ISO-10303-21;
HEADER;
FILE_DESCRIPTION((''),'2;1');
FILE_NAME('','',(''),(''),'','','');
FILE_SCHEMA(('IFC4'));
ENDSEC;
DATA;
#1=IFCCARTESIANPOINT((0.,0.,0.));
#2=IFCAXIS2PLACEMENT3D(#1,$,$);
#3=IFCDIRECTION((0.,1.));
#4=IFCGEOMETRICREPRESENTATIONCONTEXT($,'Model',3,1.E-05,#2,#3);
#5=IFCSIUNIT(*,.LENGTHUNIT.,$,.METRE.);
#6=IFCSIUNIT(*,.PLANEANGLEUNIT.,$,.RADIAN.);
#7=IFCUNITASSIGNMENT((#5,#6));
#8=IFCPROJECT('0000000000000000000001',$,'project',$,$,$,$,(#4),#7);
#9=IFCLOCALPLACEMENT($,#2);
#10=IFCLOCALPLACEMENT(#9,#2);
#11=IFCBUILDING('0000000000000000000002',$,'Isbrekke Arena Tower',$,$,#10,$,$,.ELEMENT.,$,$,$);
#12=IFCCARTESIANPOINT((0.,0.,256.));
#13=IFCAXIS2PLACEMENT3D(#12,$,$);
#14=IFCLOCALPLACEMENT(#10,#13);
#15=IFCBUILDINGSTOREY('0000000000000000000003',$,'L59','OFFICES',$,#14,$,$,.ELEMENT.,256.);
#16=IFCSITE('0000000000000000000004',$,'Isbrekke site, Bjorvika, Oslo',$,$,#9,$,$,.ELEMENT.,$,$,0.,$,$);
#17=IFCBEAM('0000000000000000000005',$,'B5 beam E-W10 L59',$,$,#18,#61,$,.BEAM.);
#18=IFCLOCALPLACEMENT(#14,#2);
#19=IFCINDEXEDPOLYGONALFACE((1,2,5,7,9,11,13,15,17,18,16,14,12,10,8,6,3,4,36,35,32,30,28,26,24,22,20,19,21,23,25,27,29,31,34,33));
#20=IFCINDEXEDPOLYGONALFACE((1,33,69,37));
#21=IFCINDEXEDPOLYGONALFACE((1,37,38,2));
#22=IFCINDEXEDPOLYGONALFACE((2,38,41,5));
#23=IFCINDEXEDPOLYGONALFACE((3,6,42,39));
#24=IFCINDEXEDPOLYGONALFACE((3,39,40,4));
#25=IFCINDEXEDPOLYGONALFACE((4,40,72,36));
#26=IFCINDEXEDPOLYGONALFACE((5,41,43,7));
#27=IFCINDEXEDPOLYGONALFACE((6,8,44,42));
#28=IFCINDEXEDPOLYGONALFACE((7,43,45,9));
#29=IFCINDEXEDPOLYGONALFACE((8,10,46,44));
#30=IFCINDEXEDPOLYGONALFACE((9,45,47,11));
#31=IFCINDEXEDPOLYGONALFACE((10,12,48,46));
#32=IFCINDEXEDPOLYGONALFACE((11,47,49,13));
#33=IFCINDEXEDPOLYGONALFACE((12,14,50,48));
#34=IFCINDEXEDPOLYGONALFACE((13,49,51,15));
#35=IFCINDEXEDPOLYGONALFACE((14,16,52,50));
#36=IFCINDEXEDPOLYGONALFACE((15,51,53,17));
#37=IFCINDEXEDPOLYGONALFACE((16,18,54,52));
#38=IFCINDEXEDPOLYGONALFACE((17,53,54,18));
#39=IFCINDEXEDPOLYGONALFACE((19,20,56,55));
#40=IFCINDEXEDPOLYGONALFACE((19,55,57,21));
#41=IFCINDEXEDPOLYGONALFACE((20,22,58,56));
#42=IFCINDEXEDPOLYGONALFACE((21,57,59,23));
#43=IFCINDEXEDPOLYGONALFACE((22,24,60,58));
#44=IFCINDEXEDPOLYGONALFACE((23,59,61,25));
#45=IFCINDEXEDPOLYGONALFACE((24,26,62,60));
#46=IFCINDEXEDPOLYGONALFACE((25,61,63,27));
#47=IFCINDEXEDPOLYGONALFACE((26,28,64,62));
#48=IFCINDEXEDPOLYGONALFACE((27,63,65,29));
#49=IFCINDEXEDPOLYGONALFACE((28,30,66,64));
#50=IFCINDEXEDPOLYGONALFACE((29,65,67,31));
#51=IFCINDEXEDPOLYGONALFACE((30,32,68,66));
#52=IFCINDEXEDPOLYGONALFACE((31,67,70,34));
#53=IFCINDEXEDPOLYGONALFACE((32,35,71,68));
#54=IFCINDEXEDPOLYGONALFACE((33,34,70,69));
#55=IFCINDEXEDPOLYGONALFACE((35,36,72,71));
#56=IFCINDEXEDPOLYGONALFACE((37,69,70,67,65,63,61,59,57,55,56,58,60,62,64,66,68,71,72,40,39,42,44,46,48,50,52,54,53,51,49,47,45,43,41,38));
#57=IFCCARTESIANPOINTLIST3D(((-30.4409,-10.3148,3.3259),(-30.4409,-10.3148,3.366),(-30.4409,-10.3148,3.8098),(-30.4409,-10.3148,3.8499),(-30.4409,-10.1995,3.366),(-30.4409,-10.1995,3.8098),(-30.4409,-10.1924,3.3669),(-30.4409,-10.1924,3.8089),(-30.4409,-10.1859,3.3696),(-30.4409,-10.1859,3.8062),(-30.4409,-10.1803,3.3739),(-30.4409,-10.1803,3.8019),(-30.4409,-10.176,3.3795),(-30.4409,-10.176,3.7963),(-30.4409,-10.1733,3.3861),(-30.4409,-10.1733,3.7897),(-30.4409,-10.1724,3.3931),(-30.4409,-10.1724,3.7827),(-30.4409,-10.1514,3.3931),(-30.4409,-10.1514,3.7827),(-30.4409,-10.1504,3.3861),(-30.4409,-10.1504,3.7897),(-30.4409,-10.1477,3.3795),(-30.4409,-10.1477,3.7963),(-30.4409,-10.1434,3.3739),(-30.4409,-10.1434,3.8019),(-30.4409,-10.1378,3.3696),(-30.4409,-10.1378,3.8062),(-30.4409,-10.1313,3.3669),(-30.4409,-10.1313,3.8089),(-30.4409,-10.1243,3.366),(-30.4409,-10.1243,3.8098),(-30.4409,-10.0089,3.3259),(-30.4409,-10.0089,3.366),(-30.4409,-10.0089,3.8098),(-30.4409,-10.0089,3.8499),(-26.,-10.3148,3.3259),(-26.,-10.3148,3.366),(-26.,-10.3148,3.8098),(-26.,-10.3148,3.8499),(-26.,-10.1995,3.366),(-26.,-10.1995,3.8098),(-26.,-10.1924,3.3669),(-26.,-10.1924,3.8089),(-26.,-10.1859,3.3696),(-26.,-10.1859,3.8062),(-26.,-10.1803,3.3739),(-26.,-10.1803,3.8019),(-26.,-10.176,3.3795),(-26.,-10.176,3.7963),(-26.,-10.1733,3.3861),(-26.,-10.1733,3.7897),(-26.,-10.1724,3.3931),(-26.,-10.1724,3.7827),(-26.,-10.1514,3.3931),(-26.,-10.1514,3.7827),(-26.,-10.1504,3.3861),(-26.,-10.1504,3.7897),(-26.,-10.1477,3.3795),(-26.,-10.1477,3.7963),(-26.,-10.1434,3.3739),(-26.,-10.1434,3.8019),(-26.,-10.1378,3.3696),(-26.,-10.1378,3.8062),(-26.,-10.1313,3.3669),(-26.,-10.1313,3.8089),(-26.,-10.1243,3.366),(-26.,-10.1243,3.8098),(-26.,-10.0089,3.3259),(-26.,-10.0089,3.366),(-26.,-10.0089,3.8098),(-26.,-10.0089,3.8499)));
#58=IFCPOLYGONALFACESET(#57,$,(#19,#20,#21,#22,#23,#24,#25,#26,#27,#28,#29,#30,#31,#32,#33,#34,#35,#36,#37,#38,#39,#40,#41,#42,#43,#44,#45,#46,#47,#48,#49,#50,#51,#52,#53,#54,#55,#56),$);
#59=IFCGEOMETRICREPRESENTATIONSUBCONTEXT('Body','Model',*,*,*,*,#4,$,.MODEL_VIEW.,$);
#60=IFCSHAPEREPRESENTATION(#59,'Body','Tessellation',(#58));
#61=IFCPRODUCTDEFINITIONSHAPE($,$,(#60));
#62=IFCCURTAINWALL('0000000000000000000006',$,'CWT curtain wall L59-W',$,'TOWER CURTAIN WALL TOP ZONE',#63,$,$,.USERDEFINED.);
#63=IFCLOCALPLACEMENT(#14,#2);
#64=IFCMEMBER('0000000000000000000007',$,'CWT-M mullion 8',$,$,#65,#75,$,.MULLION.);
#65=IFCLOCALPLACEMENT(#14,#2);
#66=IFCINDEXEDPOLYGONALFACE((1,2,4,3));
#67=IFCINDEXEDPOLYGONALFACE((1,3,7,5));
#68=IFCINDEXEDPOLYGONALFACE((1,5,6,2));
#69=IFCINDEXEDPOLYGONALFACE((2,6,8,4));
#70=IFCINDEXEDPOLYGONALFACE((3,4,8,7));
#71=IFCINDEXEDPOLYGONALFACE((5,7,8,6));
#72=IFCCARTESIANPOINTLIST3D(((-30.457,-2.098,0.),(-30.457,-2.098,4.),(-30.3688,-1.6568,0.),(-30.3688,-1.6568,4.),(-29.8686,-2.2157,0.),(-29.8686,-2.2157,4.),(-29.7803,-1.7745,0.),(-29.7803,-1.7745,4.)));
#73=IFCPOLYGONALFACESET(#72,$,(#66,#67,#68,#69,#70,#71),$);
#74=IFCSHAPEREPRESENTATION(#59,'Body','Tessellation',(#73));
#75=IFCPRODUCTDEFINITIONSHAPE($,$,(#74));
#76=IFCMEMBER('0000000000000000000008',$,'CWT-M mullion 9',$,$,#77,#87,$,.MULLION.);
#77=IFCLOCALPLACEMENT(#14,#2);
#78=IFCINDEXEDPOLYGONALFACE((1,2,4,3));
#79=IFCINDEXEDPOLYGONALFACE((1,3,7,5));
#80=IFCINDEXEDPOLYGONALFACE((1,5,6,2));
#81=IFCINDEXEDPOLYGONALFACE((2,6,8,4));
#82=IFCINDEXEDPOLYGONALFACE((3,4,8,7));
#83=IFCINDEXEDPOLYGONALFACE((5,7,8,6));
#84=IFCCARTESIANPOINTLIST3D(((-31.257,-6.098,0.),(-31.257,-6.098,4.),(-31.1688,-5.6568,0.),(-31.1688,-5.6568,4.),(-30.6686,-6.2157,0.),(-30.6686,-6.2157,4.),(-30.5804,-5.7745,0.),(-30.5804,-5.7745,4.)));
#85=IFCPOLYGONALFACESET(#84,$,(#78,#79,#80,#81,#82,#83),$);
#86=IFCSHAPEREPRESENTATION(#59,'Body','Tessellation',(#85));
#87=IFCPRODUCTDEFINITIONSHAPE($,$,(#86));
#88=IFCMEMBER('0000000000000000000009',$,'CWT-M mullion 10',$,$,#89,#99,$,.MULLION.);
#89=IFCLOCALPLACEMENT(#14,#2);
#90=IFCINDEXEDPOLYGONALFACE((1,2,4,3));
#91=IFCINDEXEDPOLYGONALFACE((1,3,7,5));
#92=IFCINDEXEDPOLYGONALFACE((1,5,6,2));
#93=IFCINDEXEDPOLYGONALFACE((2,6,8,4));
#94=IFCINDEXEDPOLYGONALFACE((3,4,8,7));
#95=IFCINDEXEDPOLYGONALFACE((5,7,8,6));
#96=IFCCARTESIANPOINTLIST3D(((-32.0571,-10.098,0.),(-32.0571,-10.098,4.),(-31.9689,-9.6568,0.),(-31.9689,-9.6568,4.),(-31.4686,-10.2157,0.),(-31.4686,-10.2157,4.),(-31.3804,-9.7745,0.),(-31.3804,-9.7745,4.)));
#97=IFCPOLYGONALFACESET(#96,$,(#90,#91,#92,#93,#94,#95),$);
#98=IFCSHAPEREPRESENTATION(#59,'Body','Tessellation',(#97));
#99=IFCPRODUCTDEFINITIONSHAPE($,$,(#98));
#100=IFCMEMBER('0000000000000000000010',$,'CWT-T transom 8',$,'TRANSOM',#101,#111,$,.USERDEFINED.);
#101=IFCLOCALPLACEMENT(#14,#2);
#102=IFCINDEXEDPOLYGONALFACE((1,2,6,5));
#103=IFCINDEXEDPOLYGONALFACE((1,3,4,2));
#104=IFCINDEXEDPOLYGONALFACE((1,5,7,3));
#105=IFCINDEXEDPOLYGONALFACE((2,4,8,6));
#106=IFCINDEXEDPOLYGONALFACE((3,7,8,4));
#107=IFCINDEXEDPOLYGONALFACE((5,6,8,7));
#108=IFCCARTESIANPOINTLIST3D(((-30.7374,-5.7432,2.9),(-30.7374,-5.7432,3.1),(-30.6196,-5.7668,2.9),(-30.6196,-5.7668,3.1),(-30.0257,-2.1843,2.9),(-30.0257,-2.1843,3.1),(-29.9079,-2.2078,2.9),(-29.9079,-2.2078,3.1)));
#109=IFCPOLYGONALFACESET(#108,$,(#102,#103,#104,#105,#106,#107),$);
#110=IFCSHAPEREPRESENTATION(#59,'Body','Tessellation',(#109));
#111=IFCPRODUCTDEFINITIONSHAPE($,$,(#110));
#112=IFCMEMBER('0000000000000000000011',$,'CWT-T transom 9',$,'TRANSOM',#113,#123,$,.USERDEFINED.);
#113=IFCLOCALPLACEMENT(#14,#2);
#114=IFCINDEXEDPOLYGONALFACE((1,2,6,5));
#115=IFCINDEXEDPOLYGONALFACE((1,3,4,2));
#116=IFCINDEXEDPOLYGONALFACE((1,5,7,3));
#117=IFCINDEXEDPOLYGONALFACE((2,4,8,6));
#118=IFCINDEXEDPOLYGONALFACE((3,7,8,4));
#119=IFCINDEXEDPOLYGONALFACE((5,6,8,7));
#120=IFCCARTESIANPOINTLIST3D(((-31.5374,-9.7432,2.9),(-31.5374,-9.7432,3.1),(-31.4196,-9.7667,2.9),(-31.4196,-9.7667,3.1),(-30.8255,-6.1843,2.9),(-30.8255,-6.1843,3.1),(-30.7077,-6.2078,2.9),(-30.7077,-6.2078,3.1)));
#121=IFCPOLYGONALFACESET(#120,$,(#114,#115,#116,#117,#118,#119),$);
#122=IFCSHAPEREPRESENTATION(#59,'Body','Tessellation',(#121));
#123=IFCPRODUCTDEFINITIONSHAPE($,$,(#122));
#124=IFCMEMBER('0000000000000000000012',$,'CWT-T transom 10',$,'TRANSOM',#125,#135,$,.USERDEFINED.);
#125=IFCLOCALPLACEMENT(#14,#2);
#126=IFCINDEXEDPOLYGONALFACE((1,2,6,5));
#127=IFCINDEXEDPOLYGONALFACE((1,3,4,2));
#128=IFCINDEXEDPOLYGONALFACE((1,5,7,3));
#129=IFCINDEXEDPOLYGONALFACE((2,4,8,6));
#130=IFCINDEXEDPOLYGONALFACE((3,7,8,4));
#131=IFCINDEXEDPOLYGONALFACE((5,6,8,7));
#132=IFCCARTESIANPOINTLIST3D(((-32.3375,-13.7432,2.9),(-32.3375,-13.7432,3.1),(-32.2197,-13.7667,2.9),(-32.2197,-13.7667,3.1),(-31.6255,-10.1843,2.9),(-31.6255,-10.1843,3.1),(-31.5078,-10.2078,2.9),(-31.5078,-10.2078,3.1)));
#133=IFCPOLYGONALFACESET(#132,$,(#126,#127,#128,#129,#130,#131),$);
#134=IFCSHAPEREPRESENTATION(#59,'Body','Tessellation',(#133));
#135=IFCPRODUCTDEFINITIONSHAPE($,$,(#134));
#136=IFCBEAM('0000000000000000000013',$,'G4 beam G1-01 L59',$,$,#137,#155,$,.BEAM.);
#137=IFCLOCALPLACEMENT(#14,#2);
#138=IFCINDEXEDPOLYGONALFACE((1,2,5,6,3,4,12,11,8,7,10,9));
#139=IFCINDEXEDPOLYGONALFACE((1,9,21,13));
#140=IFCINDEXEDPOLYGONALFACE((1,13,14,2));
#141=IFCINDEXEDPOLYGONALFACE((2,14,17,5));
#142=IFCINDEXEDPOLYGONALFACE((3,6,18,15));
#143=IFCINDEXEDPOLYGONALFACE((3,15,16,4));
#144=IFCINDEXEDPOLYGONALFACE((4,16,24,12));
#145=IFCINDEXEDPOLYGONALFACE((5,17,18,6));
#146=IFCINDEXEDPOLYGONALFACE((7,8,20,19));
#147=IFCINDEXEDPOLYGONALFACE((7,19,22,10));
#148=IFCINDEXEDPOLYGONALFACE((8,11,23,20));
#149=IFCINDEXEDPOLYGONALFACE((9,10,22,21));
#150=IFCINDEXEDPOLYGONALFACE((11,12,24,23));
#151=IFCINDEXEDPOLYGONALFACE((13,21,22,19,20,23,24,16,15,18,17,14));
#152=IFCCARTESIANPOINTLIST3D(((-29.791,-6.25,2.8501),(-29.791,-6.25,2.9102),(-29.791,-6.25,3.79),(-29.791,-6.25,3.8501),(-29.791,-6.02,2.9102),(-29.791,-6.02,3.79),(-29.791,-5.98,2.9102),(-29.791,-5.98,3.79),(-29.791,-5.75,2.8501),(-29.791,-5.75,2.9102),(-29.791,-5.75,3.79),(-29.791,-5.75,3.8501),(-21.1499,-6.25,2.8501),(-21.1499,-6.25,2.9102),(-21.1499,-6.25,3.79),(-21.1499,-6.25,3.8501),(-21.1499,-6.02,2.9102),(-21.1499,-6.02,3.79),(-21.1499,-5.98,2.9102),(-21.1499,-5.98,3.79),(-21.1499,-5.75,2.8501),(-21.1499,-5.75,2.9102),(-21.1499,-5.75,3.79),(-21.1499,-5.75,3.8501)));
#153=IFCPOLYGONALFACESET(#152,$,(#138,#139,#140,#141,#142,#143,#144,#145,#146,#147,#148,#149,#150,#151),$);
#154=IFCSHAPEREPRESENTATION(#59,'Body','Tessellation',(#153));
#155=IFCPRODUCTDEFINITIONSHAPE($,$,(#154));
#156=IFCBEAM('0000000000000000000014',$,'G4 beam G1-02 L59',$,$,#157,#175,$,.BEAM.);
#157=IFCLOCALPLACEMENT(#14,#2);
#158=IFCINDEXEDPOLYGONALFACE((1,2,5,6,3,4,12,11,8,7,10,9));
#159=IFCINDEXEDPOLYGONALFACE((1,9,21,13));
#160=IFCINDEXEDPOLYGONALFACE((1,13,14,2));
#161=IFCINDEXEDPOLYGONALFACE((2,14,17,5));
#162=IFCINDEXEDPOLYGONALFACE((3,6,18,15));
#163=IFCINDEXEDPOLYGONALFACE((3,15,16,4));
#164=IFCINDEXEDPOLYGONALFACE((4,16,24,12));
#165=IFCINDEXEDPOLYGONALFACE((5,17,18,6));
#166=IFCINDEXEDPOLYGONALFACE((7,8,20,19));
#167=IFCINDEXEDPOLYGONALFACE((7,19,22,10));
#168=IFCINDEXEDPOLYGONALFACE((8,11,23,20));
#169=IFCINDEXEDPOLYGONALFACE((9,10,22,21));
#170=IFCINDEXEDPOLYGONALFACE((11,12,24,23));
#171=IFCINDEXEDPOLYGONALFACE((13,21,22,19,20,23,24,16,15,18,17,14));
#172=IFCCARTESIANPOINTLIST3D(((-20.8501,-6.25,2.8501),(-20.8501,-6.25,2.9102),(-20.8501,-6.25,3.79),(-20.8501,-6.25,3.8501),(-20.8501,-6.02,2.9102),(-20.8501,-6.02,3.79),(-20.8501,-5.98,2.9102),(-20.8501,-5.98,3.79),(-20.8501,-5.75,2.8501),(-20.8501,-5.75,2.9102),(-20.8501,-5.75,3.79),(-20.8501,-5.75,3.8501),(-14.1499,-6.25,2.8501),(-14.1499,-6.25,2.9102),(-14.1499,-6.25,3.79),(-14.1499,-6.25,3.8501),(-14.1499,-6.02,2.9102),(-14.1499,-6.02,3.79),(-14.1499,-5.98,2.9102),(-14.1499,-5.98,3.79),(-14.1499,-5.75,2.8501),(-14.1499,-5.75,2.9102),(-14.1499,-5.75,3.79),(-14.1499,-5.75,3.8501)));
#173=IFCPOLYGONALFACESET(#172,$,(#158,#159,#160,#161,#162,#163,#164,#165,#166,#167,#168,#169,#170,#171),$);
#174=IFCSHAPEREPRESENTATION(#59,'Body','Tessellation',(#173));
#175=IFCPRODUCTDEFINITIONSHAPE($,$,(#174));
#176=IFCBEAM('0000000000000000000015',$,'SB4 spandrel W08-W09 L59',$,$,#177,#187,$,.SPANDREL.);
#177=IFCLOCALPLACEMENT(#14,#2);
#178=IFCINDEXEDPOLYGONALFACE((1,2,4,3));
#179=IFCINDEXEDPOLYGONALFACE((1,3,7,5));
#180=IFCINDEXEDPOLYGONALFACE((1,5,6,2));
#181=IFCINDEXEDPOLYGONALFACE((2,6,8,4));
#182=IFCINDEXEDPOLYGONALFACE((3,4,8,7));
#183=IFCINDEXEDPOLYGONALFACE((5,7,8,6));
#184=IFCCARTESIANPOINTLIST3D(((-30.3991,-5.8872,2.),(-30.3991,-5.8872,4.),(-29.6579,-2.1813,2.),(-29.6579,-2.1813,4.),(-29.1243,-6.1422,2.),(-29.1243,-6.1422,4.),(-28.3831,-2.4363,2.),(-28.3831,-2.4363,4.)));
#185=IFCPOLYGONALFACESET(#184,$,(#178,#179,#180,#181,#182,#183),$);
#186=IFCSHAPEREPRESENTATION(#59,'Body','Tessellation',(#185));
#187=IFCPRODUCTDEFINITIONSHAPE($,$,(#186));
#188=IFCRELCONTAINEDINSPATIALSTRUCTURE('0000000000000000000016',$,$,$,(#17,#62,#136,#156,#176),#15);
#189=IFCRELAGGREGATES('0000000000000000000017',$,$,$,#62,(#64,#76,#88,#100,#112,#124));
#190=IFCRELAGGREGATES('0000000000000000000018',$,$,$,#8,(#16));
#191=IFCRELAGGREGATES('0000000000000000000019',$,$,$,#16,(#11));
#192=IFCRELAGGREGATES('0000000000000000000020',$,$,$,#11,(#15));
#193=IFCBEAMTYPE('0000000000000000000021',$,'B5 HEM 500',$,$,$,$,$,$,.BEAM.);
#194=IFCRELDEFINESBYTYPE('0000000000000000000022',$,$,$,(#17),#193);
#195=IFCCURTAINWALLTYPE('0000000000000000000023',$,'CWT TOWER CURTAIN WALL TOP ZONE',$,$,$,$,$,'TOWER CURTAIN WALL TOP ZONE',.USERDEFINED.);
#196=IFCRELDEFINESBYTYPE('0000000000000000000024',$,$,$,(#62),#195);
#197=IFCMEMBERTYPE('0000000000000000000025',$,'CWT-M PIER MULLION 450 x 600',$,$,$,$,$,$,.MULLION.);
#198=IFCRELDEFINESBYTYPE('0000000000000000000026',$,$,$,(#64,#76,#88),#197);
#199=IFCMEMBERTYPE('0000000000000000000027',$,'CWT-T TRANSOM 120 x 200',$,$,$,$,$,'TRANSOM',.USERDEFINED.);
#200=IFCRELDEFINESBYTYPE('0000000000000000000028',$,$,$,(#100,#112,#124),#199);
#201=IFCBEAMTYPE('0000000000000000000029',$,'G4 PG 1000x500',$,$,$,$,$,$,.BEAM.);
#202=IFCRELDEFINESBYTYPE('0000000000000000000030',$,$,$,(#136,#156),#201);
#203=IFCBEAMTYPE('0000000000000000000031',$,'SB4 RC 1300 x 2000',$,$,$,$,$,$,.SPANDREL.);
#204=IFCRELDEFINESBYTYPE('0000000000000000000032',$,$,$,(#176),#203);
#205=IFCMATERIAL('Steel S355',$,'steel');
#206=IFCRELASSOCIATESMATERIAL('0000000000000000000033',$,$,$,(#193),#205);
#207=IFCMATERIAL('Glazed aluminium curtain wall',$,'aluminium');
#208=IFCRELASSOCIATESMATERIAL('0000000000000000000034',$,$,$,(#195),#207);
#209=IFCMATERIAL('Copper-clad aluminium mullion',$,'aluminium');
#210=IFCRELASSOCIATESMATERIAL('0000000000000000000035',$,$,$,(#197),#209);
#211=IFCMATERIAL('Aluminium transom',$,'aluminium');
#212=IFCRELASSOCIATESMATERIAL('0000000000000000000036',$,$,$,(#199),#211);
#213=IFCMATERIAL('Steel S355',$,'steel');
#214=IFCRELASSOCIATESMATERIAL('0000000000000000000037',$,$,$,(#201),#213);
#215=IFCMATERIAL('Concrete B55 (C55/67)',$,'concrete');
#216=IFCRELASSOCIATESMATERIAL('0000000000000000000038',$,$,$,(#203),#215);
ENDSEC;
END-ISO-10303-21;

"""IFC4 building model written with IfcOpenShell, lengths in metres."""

from ifc_helpers import new_model, si_unit, direction, frame, origin, origin_2d, place, context, subcontext, project, spatial, rectangle, i_section, extrude, material, material_profile, profile_set, type_object, element, aggregate, save


model = new_model("IFC4")

# Units and contexts
model_context = context("Model", 3, precision=1e-05, world=origin(), true_north=direction((0.0, 1.0)))
body_context = subcontext(model_context, "Body", "Model", "MODEL_VIEW")
ifc_project = project(units=[si_unit("LENGTHUNIT", "METRE"), si_unit("PLANEANGLEUNIT", "RADIAN")], contexts=[model_context])

# Site, building, storey
site_placement = place(None, origin())
site = spatial("IfcSite", under=ifc_project, at=site_placement, Name="Isbrekke site, Bjorvika, Oslo", CompositionType="ELEMENT", RefElevation=0.0)
building_placement = place(site_placement, origin())
building = spatial("IfcBuilding", under=site, at=building_placement, Name="Isbrekke Arena Tower", CompositionType="ELEMENT")
storey_placement = place(building_placement, frame((0.0, 0.0, 256.0)))
storey = spatial("IfcBuildingStorey", under=building, at=storey_placement, Name="L59", Description="OFFICES", CompositionType="ELEMENT", Elevation=256.0)

# Beam
ifc_material_1 = material(Name="Steel S355", Category="steel")
ifc_material_profile_1 = material_profile(ifc_material_1, i_section(OverallWidth=0.3059, OverallDepth=0.5239, WebThickness=0.021, FlangeThickness=0.04, FilletRadius=0.0271, at=origin_2d()), Name="HEM 500")
ifc_profile_set_1 = profile_set([ifc_material_profile_1], Name="Steel S355")
beam_type_1 = type_object("IfcBeamType", Name="B5 HEM 500", PredefinedType="BEAM", material=ifc_profile_set_1)
beam_1_placement = place(storey_placement, frame((-30.4409, -10.1619, 3.5879), z_axis=(1.0, 0.0, 0.0), x_axis=(0.0, 1.0, 0.0)))
element("IfcBeam", 1, at=beam_1_placement, inside=storey, type_object=beam_type_1, Name="B5 beam E-W10 L59", PredefinedType="BEAM", context=body_context, shape_type="SweptSolid", body=[
    extrude(i_section(OverallWidth=0.3059, OverallDepth=0.5239, WebThickness=0.021, FlangeThickness=0.04, FilletRadius=0.0271, at=origin_2d()), origin(), (0.0, 0.0, 1.0), 4.4409),
])

# Curtain wall, members
ifc_material_2 = material(Name="Glazed aluminium curtain wall", Category="aluminium")
curtain_wall_type = type_object("IfcCurtainWallType", Name="CWT TOWER CURTAIN WALL TOP ZONE", ElementType="TOWER CURTAIN WALL TOP ZONE", PredefinedType="USERDEFINED", material=ifc_material_2)
curtain_wall_placement = place(storey_placement, origin())
curtain_wall = element("IfcCurtainWall", 2, at=curtain_wall_placement, inside=storey, type_object=curtain_wall_type, Name="CWT curtain wall L59-W", ObjectType="TOWER CURTAIN WALL TOP ZONE", PredefinedType="USERDEFINED")
ifc_material_3 = material(Name="Copper-clad aluminium mullion", Category="aluminium")
ifc_material_profile_2 = material_profile(ifc_material_3, rectangle(XDim=0.45, YDim=0.6001, at=origin_2d()), Name="PIER 450X600")
ifc_profile_set_2 = profile_set([ifc_material_profile_2], Name="Copper-clad aluminium mullion")
member_type_1 = type_object("IfcMemberType", Name="CWT-M PIER MULLION 450 x 600", PredefinedType="MULLION", material=ifc_profile_set_2)
member_1_placement = place(storey_placement, frame((-30.1187, -1.9363, 0.0), z_axis=(0.0, 0.0, 1.0), x_axis=(-0.196116, -0.980581, 0.0)))
member_1 = element("IfcMember", 3, at=member_1_placement, type_object=member_type_1, Name="CWT-M mullion 8", PredefinedType="MULLION", context=body_context, shape_type="SweptSolid", body=[
    extrude(rectangle(XDim=0.45, YDim=0.6001, at=origin_2d()), origin(), (0.0, 0.0, 1.0), 4.0),
])
member_2_placement = place(storey_placement, frame((-30.9187, -5.9363, 0.0), z_axis=(0.0, 0.0, 1.0), x_axis=(-0.196116, -0.980581, 0.0)))
member_2 = element("IfcMember", 4, at=member_2_placement, type_object=member_type_1, Name="CWT-M mullion 9", PredefinedType="MULLION", context=body_context, shape_type="SweptSolid", body=[
    extrude(rectangle(XDim=0.45, YDim=0.6001, at=origin_2d()), origin(), (0.0, 0.0, 1.0), 4.0),
])
member_3_placement = place(storey_placement, frame((-31.7188, -9.9363, 0.0), z_axis=(0.0, 0.0, 1.0), x_axis=(-0.196116, -0.980581, 0.0)))
member_3 = element("IfcMember", 5, at=member_3_placement, type_object=member_type_1, Name="CWT-M mullion 10", PredefinedType="MULLION", context=body_context, shape_type="SweptSolid", body=[
    extrude(rectangle(XDim=0.45, YDim=0.6001, at=origin_2d()), origin(), (0.0, 0.0, 1.0), 4.0),
])
ifc_material_4 = material(Name="Aluminium transom", Category="aluminium")
ifc_material_profile_3 = material_profile(ifc_material_4, rectangle(XDim=0.1201, YDim=0.2, at=origin_2d()), Name="TRANSOM 120X200")
ifc_profile_set_3 = profile_set([ifc_material_profile_3], Name="Aluminium transom")
member_type_2 = type_object("IfcMemberType", Name="CWT-T TRANSOM 120 x 200", ElementType="TRANSOM", PredefinedType="USERDEFINED", material=ifc_profile_set_3)
member_4_placement = place(storey_placement, frame((-29.9668, -2.196, 3.0), z_axis=(-0.19609, -0.980586, 0.0), x_axis=(0.980586, -0.19609, 0.0)))
member_4 = element("IfcMember", 6, at=member_4_placement, type_object=member_type_2, Name="CWT-T transom 8", ObjectType="TRANSOM", PredefinedType="USERDEFINED", context=body_context, shape_type="SweptSolid", body=[
    extrude(rectangle(XDim=0.1201, YDim=0.2, at=origin_2d()), origin(), (0.0, 0.0, 1.0), 3.6294),
])
member_5_placement = place(storey_placement, frame((-30.7666, -6.196, 3.0), z_axis=(-0.196155, -0.980573, 0.0), x_axis=(0.980573, -0.196155, 0.0)))
member_5 = element("IfcMember", 7, at=member_5_placement, type_object=member_type_2, Name="CWT-T transom 9", ObjectType="TRANSOM", PredefinedType="USERDEFINED", context=body_context, shape_type="SweptSolid", body=[
    extrude(rectangle(XDim=0.1201, YDim=0.2, at=origin_2d()), origin(), (0.0, 0.0, 1.0), 3.6294),
])
member_6_placement = place(storey_placement, frame((-31.5667, -10.196, 3.0), z_axis=(-0.196155, -0.980573, 0.0), x_axis=(0.980573, -0.196155, 0.0)))
member_6 = element("IfcMember", 8, at=member_6_placement, type_object=member_type_2, Name="CWT-T transom 10", ObjectType="TRANSOM", PredefinedType="USERDEFINED", context=body_context, shape_type="SweptSolid", body=[
    extrude(rectangle(XDim=0.1201, YDim=0.2, at=origin_2d()), origin(), (0.0, 0.0, 1.0), 3.6294),
])

# Beams
ifc_material_5 = material(Name="Steel S355", Category="steel")
ifc_material_profile_4 = material_profile(ifc_material_5, i_section(OverallWidth=0.5, OverallDepth=1.0, WebThickness=0.04, FlangeThickness=0.0601, at=origin_2d()), Name="PG 1000x500")
ifc_profile_set_4 = profile_set([ifc_material_profile_4], Name="Steel S355")
beam_type_2 = type_object("IfcBeamType", Name="G4 PG 1000x500", PredefinedType="BEAM", material=ifc_profile_set_4)
beam_2_placement = place(storey_placement, frame((-29.791, -6.0, 3.3501), z_axis=(1.0, 0.0, 0.0), x_axis=(0.0, 1.0, 0.0)))
element("IfcBeam", 9, at=beam_2_placement, inside=storey, type_object=beam_type_2, Name="G4 beam G1-01 L59", PredefinedType="BEAM", context=body_context, shape_type="SweptSolid", body=[
    extrude(i_section(OverallWidth=0.5, OverallDepth=1.0, WebThickness=0.04, FlangeThickness=0.0601, at=origin_2d()), origin(), (0.0, 0.0, 1.0), 8.6411),
])
beam_3_placement = place(storey_placement, frame((-20.8501, -6.0, 3.3501), z_axis=(1.0, 0.0, 0.0), x_axis=(0.0, 1.0, 0.0)))
element("IfcBeam", 10, at=beam_3_placement, inside=storey, type_object=beam_type_2, Name="G4 beam G1-02 L59", PredefinedType="BEAM", context=body_context, shape_type="SweptSolid", body=[
    extrude(i_section(OverallWidth=0.5, OverallDepth=1.0, WebThickness=0.04, FlangeThickness=0.0601, at=origin_2d()), origin(), (0.0, 0.0, 1.0), 6.7002),
])
ifc_material_6 = material(Name="Concrete B55 (C55/67)", Category="concrete")
ifc_material_profile_5 = material_profile(ifc_material_6, rectangle(XDim=1.3, YDim=2.0, at=origin_2d()), Name="RC 1300x2000")
ifc_profile_set_5 = profile_set([ifc_material_profile_5], Name="Concrete B55 (C55/67)")
beam_type_3 = type_object("IfcBeamType", Name="SB4 RC 1300 x 2000", PredefinedType="SPANDREL", material=ifc_profile_set_5)
beam_4_placement = place(storey_placement, frame((-29.0205, -2.3088, 3.0), z_axis=(-0.196129, -0.980578, 0.0), x_axis=(0.980578, -0.196129, 0.0)))
element("IfcBeam", 11, at=beam_4_placement, inside=storey, type_object=beam_type_3, Name="SB4 spandrel W08-W09 L59", PredefinedType="SPANDREL", context=body_context, shape_type="SweptSolid", body=[
    extrude(rectangle(XDim=1.3, YDim=2.0, at=origin_2d()), origin(), (0.0, 0.0, 1.0), 3.7793),
])

aggregate(curtain_wall, [member_1, member_2, member_3, member_4, member_5, member_6])

save(model, "model.ifc")
